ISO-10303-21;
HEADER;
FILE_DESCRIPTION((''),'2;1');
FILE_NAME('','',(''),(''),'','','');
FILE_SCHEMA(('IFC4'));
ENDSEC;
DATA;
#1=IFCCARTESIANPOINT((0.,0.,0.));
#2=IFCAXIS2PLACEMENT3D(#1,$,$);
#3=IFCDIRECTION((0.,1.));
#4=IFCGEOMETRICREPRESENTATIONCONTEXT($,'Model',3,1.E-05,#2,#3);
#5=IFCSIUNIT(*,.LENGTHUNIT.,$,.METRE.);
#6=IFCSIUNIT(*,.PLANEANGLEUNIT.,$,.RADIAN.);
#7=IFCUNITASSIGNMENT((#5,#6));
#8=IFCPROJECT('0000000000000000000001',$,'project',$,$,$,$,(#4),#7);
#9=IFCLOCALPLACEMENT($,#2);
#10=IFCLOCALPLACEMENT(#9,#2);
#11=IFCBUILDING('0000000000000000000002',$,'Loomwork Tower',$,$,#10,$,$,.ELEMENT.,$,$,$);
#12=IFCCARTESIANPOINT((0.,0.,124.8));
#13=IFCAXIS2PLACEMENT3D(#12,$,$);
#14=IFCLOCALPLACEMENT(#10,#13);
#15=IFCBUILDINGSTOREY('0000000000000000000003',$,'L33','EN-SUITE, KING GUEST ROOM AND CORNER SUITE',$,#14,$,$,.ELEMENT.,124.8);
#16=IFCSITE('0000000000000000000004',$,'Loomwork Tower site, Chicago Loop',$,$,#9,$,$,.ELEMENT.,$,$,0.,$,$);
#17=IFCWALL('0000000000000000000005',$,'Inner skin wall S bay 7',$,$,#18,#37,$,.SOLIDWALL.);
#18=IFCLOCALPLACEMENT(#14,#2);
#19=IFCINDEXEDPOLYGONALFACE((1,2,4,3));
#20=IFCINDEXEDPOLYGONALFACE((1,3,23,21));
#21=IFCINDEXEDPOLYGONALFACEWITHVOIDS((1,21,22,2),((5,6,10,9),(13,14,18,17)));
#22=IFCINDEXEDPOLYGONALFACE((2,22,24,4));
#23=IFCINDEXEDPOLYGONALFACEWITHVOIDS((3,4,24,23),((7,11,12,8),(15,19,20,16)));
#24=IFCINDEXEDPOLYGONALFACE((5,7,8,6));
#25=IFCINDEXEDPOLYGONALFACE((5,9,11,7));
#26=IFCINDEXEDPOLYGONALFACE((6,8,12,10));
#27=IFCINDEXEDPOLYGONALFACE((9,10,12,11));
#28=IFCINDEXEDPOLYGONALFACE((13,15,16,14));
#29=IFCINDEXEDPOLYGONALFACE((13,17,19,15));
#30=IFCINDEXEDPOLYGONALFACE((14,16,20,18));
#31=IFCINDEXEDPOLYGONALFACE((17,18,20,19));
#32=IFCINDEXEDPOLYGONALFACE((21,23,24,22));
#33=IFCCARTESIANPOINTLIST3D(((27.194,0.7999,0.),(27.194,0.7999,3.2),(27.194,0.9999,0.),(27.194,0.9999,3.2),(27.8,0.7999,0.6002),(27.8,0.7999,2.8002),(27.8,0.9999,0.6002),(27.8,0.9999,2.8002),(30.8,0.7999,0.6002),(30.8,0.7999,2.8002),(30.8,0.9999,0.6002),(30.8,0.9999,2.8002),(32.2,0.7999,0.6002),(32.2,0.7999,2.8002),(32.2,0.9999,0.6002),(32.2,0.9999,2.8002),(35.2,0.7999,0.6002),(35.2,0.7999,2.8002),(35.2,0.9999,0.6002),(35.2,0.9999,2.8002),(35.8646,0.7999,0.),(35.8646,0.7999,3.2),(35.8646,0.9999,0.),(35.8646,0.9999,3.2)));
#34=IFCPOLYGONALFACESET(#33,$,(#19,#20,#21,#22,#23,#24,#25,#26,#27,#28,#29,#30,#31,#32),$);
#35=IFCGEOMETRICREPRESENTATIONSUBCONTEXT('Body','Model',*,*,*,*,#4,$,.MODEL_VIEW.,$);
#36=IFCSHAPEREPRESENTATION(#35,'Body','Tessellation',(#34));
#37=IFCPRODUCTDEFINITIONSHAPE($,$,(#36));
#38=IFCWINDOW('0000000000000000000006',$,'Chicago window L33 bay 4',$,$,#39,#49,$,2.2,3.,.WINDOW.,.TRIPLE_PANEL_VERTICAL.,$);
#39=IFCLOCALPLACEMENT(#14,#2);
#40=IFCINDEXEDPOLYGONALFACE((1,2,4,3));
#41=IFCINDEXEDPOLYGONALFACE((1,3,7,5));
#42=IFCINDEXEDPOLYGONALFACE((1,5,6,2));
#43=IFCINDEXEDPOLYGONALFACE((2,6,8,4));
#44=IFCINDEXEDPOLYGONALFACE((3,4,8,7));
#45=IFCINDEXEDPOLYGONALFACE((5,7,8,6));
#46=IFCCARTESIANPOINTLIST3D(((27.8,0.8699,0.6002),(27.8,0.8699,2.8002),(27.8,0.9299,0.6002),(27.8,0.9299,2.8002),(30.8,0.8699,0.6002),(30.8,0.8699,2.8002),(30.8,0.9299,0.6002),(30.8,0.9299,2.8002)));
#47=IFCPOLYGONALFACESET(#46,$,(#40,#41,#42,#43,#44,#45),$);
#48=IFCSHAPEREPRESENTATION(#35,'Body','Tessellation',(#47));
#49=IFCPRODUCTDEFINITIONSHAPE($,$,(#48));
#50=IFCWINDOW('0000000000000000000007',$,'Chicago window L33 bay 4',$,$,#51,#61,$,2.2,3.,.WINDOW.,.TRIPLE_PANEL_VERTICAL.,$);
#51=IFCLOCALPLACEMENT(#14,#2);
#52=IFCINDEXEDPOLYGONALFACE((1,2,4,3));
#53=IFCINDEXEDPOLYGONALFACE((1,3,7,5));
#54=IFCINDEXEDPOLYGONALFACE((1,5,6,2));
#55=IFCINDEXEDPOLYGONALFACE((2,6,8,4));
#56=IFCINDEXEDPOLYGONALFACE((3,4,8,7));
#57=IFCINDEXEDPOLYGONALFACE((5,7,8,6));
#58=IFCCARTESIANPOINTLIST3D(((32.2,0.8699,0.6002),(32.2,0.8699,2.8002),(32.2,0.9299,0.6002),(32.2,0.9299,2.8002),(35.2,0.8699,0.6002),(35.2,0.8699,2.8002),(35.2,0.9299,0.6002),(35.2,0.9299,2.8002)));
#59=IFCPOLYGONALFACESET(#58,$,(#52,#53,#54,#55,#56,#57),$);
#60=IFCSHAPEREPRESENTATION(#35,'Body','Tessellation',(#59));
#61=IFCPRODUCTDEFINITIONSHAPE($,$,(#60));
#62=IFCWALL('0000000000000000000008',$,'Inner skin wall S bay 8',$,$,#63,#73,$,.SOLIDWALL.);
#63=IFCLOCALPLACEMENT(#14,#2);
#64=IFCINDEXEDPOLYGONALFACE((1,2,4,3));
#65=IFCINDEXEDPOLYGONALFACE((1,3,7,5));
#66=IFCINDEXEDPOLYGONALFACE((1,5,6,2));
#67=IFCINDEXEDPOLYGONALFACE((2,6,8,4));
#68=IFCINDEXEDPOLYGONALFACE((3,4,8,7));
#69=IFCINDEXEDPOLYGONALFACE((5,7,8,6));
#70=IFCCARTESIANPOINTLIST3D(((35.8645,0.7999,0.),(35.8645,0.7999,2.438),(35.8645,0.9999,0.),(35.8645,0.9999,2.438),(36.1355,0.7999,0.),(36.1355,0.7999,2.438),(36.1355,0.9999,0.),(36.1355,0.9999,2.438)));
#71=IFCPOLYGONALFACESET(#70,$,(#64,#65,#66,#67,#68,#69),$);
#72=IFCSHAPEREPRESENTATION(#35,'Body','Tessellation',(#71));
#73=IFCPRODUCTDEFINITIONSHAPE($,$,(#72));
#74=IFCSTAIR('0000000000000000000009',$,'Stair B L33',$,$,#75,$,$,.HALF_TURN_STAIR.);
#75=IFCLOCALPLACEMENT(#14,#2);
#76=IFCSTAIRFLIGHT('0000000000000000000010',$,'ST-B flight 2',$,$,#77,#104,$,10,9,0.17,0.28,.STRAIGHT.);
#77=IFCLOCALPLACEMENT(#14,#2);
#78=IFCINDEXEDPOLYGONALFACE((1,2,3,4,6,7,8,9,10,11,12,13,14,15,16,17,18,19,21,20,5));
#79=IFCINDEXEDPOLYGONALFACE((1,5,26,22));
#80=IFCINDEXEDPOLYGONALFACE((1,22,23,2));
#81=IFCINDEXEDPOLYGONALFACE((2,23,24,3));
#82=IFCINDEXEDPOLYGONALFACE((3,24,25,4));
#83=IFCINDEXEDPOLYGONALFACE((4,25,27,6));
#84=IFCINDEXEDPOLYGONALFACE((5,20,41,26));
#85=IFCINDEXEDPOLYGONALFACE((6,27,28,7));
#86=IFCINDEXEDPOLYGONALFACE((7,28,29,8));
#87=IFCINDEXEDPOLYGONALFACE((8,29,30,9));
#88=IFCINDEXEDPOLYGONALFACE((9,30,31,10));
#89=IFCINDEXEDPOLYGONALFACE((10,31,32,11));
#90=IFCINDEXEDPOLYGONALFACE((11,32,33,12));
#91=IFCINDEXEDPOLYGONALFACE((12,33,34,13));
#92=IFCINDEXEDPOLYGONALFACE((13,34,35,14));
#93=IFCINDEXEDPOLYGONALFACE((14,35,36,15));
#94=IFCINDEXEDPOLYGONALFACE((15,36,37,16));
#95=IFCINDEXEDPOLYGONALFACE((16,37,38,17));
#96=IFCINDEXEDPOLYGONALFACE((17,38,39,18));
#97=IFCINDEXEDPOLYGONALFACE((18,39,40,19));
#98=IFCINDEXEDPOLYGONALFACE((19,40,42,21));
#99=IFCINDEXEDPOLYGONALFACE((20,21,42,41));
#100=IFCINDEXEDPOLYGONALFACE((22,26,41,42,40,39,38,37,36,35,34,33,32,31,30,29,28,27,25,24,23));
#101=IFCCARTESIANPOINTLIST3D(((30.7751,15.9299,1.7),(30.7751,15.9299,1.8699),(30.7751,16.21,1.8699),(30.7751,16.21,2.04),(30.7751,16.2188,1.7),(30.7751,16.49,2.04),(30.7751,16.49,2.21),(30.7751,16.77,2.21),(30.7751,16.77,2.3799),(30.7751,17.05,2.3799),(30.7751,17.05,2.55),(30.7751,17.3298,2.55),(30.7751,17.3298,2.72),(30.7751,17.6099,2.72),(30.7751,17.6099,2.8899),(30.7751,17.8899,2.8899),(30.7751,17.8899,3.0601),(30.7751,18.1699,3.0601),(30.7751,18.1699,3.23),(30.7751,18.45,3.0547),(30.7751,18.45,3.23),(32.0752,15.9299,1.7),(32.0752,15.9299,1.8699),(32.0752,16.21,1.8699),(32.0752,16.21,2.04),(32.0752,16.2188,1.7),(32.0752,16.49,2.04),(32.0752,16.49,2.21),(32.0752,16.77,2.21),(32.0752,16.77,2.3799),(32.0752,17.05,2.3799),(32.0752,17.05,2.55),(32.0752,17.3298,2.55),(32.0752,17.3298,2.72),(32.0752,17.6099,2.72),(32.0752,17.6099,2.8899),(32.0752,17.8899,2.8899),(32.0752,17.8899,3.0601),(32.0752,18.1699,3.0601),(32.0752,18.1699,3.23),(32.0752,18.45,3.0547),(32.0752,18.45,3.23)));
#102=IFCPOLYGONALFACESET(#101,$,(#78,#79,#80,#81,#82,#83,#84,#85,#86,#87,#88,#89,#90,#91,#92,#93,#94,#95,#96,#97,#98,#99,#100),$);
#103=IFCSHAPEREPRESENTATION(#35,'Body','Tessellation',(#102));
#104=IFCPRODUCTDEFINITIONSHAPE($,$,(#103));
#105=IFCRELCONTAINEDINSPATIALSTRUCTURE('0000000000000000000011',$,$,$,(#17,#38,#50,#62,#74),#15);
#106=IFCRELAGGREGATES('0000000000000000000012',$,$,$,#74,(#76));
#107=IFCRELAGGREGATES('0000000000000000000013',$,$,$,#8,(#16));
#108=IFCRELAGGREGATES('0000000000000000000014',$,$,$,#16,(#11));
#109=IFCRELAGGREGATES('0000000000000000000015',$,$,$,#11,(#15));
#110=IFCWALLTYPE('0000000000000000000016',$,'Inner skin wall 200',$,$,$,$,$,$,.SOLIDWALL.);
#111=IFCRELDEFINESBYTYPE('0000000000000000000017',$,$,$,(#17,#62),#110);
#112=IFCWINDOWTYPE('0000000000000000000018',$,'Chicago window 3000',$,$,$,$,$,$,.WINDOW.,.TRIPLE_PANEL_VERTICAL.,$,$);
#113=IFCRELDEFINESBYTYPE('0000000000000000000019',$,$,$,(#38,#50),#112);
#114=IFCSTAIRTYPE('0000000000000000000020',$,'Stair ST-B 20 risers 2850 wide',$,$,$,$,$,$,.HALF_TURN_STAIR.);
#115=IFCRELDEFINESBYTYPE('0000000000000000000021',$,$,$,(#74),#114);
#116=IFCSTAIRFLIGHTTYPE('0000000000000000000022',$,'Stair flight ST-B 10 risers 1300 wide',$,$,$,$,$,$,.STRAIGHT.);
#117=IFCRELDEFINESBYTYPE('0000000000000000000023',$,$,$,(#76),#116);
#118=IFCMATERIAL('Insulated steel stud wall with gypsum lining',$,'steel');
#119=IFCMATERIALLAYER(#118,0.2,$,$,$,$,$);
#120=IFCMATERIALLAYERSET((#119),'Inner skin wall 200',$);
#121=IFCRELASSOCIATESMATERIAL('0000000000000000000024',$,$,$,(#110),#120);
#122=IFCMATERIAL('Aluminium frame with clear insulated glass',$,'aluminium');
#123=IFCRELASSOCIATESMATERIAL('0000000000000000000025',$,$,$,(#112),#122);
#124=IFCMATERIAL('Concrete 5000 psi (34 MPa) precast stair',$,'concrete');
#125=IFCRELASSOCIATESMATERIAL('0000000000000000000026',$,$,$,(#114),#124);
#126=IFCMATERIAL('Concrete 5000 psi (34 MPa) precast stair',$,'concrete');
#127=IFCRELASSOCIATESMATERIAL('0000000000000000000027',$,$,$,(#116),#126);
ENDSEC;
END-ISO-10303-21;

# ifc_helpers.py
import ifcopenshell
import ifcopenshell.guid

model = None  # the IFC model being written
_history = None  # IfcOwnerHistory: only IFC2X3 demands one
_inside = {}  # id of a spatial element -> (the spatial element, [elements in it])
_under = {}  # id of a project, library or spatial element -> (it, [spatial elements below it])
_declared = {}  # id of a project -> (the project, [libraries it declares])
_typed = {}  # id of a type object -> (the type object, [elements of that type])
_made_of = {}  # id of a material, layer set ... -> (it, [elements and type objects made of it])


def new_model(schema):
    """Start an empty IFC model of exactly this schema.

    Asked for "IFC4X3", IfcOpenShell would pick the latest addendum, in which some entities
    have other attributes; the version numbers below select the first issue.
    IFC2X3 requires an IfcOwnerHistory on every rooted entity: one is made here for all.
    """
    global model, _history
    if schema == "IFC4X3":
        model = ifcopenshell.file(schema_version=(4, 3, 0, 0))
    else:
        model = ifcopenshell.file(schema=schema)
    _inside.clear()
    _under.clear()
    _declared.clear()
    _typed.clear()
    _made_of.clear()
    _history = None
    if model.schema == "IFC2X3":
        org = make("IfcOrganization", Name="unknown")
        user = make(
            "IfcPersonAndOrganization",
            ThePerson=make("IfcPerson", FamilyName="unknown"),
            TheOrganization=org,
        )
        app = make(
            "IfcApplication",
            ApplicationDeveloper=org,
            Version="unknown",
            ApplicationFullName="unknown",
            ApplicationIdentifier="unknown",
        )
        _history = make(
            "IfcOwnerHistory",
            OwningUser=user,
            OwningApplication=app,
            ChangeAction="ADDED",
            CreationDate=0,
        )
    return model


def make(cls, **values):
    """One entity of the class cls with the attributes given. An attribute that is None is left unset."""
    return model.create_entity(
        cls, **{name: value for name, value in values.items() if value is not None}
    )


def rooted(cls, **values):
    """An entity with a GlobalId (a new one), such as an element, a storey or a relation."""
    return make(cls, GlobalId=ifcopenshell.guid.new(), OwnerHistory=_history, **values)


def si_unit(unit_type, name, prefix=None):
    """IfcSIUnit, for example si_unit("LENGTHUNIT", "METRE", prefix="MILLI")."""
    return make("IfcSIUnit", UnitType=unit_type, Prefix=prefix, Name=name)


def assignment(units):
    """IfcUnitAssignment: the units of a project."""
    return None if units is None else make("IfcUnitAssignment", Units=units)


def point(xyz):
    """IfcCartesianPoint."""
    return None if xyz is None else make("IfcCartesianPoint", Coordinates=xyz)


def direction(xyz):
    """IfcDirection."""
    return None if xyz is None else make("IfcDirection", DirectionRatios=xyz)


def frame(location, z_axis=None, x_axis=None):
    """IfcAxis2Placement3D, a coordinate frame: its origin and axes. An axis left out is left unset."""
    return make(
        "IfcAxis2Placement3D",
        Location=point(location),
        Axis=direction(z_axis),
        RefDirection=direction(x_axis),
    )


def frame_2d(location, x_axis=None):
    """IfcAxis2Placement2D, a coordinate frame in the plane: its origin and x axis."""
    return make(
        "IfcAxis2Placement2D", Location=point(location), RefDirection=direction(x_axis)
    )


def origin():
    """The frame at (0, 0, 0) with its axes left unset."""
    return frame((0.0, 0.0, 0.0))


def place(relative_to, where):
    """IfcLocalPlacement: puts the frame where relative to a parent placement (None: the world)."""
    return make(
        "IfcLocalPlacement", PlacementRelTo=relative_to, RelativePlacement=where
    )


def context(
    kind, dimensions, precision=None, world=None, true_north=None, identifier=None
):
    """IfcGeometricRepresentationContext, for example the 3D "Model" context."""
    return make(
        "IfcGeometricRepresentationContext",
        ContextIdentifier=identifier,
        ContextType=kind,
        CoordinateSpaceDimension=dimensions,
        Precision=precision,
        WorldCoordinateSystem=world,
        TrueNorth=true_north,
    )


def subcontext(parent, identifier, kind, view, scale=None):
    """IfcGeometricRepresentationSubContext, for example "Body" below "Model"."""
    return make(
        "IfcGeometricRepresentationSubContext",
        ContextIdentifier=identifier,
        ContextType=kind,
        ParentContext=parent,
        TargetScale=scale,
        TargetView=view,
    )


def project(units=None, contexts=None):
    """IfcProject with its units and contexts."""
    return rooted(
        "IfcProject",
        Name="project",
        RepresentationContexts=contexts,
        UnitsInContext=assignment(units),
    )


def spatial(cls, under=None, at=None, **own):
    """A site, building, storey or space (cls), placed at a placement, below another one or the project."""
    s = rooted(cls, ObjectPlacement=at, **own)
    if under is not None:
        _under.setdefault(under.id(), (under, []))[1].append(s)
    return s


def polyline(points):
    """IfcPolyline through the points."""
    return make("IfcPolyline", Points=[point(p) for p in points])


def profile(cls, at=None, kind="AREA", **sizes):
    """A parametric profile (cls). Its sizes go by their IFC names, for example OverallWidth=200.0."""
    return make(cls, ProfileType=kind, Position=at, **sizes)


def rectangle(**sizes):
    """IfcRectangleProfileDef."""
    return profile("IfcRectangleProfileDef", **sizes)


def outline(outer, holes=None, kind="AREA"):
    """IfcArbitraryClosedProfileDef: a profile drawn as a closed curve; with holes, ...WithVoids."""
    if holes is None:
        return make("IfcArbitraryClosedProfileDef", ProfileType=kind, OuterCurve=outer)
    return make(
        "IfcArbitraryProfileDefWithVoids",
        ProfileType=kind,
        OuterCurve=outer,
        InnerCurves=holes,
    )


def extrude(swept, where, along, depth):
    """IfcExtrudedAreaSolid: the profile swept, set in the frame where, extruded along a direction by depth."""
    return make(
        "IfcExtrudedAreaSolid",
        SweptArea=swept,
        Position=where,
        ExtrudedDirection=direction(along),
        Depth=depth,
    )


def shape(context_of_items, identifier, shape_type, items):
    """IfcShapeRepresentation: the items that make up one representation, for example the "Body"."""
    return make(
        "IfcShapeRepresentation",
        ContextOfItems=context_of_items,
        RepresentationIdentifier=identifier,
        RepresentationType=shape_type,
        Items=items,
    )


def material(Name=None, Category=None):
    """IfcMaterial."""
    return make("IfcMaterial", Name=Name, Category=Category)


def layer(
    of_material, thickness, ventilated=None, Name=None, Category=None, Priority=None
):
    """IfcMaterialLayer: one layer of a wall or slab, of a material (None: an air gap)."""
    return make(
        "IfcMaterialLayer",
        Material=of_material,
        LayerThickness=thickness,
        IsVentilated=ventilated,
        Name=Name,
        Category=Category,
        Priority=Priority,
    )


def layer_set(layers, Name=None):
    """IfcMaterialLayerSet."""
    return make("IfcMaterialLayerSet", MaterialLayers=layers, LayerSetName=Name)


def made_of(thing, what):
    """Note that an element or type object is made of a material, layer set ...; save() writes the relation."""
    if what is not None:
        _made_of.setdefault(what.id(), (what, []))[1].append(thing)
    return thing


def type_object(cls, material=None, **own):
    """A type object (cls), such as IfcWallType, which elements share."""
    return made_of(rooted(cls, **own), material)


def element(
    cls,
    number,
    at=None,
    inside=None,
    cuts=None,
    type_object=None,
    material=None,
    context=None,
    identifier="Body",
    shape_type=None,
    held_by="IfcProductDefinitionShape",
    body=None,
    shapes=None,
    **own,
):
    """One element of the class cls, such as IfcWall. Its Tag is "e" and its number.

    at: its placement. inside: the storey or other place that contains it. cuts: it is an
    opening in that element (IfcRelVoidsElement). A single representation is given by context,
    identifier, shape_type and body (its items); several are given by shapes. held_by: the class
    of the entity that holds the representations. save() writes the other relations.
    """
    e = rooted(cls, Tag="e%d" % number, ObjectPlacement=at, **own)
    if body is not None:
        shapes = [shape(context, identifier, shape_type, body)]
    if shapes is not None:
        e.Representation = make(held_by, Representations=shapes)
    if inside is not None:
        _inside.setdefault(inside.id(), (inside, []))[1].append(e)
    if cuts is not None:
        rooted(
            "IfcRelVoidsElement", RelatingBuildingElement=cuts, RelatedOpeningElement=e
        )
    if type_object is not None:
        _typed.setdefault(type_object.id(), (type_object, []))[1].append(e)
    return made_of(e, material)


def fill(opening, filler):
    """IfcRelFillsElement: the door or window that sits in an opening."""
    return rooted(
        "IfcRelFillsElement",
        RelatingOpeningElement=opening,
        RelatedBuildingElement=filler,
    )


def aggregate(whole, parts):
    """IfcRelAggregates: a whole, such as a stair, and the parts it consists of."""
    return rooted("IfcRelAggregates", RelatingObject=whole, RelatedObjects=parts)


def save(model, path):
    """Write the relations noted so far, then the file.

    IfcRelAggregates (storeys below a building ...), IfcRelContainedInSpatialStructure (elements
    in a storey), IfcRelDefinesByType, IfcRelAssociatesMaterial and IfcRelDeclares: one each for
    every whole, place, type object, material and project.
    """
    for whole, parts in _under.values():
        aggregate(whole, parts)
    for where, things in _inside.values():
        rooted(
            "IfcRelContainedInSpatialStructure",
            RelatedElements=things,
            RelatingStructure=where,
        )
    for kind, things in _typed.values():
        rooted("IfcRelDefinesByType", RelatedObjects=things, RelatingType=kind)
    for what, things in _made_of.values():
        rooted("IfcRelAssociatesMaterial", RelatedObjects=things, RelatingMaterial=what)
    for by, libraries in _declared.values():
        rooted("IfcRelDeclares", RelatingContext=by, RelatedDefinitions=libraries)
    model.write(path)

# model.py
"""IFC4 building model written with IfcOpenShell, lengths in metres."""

from ifc_helpers import new_model, si_unit, direction, frame, frame_2d, origin, place, context, subcontext, project, spatial, polyline, rectangle, outline, extrude, material, layer, layer_set, type_object, element, fill, aggregate, save


model = new_model("IFC4")

# Units and contexts
model_context = context("Model", 3, precision=1e-05, world=origin(), true_north=direction((0.0, 1.0)))
body_context = subcontext(model_context, "Body", "Model", "MODEL_VIEW")
ifc_project = project(units=[si_unit("LENGTHUNIT", "METRE"), si_unit("PLANEANGLEUNIT", "RADIAN")], contexts=[model_context])

# Site, building, storey
site_placement = place(None, origin())
site = spatial("IfcSite", under=ifc_project, at=site_placement, Name="Loomwork Tower site, Chicago Loop", CompositionType="ELEMENT", RefElevation=0.0)
building_placement = place(site_placement, origin())
building = spatial("IfcBuilding", under=site, at=building_placement, Name="Loomwork Tower", CompositionType="ELEMENT")
storey_placement = place(building_placement, frame((0.0, 0.0, 124.8)))
storey = spatial("IfcBuildingStorey", under=building, at=storey_placement, Name="L33", Description="EN-SUITE, KING GUEST ROOM AND CORNER SUITE", CompositionType="ELEMENT", Elevation=124.8)

# Wall, openings, windows
ifc_material_1 = material(Name="Insulated steel stud wall with gypsum lining", Category="steel")
ifc_layer_1 = layer(ifc_material_1, 0.2)
ifc_layer_set_1 = layer_set([ifc_layer_1], Name="Inner skin wall 200")
wall_type_1 = type_object("IfcWallType", Name="Inner skin wall 200", PredefinedType="SOLIDWALL", material=ifc_layer_set_1)
wall_1_placement = place(storey_placement, frame((27.1938, 0.8999, 0.0), z_axis=(0.0, 0.0, 1.0), x_axis=(1.0, 0.0, 0.0)))
wall_1 = element("IfcWall", 1, at=wall_1_placement, inside=storey, type_object=wall_type_1, Name="Inner skin wall S bay 7", PredefinedType="SOLIDWALL", context=body_context, shape_type="SweptSolid", body=[
    extrude(rectangle(XDim=8.6707, YDim=0.2, at=frame_2d((4.3354, 0.0))), origin(), (0.0, 0.0, 1.0), 3.2),
])
opening_1_placement = place(wall_1_placement, frame((0.6062, 0.0, 0.6001)))
opening_1 = element("IfcOpeningElement", 2, at=opening_1_placement, cuts=wall_1, PredefinedType="OPENING", context=body_context, shape_type="SweptSolid", body=[
    extrude(rectangle(XDim=3.0, YDim=2.2, at=frame_2d((1.5, 1.1001))), frame((0.0, 0.1099, 0.0), z_axis=(0.0, -1.0, 0.0), x_axis=(1.0, 0.0, 0.0)), (0.0, 0.0, 1.0), 0.22),
])
opening_2_placement = place(wall_1_placement, frame((5.0061, 0.0, 0.6001)))
opening_2 = element("IfcOpeningElement", 3, at=opening_2_placement, cuts=wall_1, PredefinedType="OPENING", context=body_context, shape_type="SweptSolid", body=[
    extrude(rectangle(XDim=3.0, YDim=2.2, at=frame_2d((1.5, 1.1001))), frame((0.0, 0.1099, 0.0), z_axis=(0.0, -1.0, 0.0), x_axis=(1.0, 0.0, 0.0)), (0.0, 0.0, 1.0), 0.22),
])
ifc_material_2 = material(Name="Aluminium frame with clear insulated glass", Category="aluminium")
window_type = type_object("IfcWindowType", Name="Chicago window 3000", PartitioningType="TRIPLE_PANEL_VERTICAL", PredefinedType="WINDOW", material=ifc_material_2)
window_1_placement = place(opening_1_placement, origin())
window_1 = element("IfcWindow", 4, at=window_1_placement, inside=storey, type_object=window_type, Name="Chicago window L33 bay 4", OverallHeight=2.2, OverallWidth=3.0, PartitioningType="TRIPLE_PANEL_VERTICAL", PredefinedType="WINDOW", context=body_context, shape_type="SweptSolid", body=[
    extrude(rectangle(XDim=3.0, YDim=2.2, at=frame_2d((1.5, 1.1001))), frame((0.0, 0.03, 0.0), z_axis=(0.0, -1.0, 0.0), x_axis=(1.0, 0.0, 0.0)), (0.0, 0.0, 1.0), 0.0601),
])
fill(opening_1, window_1)
window_2_placement = place(opening_2_placement, origin())
window_2 = element("IfcWindow", 5, at=window_2_placement, inside=storey, type_object=window_type, Name="Chicago window L33 bay 4", OverallHeight=2.2, OverallWidth=3.0, PartitioningType="TRIPLE_PANEL_VERTICAL", PredefinedType="WINDOW", context=body_context, shape_type="SweptSolid", body=[
    extrude(rectangle(XDim=3.0, YDim=2.2, at=frame_2d((1.5, 1.1001))), frame((0.0, 0.03, 0.0), z_axis=(0.0, -1.0, 0.0), x_axis=(1.0, 0.0, 0.0)), (0.0, 0.0, 1.0), 0.0601),
])
fill(opening_2, window_2)

# Wall
wall_2_placement = place(storey_placement, frame((35.8645, 0.8999, 0.0), z_axis=(0.0, 0.0, 1.0), x_axis=(1.0, 0.0, 0.0)))
element("IfcWall", 6, at=wall_2_placement, inside=storey, type_object=wall_type_1, Name="Inner skin wall S bay 8", PredefinedType="SOLIDWALL", context=body_context, shape_type="SweptSolid", body=[
    extrude(rectangle(XDim=0.271, YDim=0.2, at=frame_2d((0.1355, 0.0))), origin(), (0.0, 0.0, 1.0), 2.438),
])

# Stair, stair flight
ifc_material_3 = material(Name="Concrete 5000 psi (34 MPa) precast stair", Category="concrete")
stair_type = type_object("IfcStairType", Name="Stair ST-B 20 risers 2850 wide", PredefinedType="HALF_TURN_STAIR", material=ifc_material_3)
stair_placement = place(storey_placement, origin())
stair = element("IfcStair", 7, at=stair_placement, inside=storey, type_object=stair_type, Name="Stair B L33", PredefinedType="HALF_TURN_STAIR")
ifc_material_4 = material(Name="Concrete 5000 psi (34 MPa) precast stair", Category="concrete")
stair_flight_type = type_object("IfcStairFlightType", Name="Stair flight ST-B 10 risers 1300 wide", PredefinedType="STRAIGHT", material=ifc_material_4)
stair_flight_placement = place(storey_placement, frame((31.425, 15.9299, 1.7), z_axis=(0.0, 0.0, 1.0), x_axis=(0.0, 1.0, 0.0)))
stair_flight = element("IfcStairFlight", 8, at=stair_flight_placement, type_object=stair_flight_type, Name="ST-B flight 2", NumberOfRisers=10, NumberOfTreads=9, PredefinedType="STRAIGHT", RiserHeight=0.17, TreadLength=0.28, context=body_context, shape_type="SweptSolid", body=[
    extrude(outline(polyline([(0.0, 0.0), (0.0, 0.1699), (0.28, 0.1699), (0.28, 0.3401), (0.5601, 0.3401), (0.5601, 0.51), (0.8401, 0.51), (0.8401, 0.6799), (1.1201, 0.6799), (1.1201, 0.8501), (1.3999, 0.8501), (1.3999, 1.02), (1.6799, 1.02), (1.6799, 1.1899), (1.96, 1.1899), (1.96, 1.3601), (2.24, 1.3601), (2.24, 1.53), (2.52, 1.53), (2.52, 1.7), (2.52, 1.3547), (0.2888, 0.0), (0.0, 0.0)])), frame((0.0, 0.6499, 0.0), z_axis=(0.0, -1.0, 0.0), x_axis=(1.0, 0.0, 0.0)), (0.0, 0.0, 1.0), 1.3),
])
aggregate(stair, [stair_flight])

save(model, "model.ifc")
